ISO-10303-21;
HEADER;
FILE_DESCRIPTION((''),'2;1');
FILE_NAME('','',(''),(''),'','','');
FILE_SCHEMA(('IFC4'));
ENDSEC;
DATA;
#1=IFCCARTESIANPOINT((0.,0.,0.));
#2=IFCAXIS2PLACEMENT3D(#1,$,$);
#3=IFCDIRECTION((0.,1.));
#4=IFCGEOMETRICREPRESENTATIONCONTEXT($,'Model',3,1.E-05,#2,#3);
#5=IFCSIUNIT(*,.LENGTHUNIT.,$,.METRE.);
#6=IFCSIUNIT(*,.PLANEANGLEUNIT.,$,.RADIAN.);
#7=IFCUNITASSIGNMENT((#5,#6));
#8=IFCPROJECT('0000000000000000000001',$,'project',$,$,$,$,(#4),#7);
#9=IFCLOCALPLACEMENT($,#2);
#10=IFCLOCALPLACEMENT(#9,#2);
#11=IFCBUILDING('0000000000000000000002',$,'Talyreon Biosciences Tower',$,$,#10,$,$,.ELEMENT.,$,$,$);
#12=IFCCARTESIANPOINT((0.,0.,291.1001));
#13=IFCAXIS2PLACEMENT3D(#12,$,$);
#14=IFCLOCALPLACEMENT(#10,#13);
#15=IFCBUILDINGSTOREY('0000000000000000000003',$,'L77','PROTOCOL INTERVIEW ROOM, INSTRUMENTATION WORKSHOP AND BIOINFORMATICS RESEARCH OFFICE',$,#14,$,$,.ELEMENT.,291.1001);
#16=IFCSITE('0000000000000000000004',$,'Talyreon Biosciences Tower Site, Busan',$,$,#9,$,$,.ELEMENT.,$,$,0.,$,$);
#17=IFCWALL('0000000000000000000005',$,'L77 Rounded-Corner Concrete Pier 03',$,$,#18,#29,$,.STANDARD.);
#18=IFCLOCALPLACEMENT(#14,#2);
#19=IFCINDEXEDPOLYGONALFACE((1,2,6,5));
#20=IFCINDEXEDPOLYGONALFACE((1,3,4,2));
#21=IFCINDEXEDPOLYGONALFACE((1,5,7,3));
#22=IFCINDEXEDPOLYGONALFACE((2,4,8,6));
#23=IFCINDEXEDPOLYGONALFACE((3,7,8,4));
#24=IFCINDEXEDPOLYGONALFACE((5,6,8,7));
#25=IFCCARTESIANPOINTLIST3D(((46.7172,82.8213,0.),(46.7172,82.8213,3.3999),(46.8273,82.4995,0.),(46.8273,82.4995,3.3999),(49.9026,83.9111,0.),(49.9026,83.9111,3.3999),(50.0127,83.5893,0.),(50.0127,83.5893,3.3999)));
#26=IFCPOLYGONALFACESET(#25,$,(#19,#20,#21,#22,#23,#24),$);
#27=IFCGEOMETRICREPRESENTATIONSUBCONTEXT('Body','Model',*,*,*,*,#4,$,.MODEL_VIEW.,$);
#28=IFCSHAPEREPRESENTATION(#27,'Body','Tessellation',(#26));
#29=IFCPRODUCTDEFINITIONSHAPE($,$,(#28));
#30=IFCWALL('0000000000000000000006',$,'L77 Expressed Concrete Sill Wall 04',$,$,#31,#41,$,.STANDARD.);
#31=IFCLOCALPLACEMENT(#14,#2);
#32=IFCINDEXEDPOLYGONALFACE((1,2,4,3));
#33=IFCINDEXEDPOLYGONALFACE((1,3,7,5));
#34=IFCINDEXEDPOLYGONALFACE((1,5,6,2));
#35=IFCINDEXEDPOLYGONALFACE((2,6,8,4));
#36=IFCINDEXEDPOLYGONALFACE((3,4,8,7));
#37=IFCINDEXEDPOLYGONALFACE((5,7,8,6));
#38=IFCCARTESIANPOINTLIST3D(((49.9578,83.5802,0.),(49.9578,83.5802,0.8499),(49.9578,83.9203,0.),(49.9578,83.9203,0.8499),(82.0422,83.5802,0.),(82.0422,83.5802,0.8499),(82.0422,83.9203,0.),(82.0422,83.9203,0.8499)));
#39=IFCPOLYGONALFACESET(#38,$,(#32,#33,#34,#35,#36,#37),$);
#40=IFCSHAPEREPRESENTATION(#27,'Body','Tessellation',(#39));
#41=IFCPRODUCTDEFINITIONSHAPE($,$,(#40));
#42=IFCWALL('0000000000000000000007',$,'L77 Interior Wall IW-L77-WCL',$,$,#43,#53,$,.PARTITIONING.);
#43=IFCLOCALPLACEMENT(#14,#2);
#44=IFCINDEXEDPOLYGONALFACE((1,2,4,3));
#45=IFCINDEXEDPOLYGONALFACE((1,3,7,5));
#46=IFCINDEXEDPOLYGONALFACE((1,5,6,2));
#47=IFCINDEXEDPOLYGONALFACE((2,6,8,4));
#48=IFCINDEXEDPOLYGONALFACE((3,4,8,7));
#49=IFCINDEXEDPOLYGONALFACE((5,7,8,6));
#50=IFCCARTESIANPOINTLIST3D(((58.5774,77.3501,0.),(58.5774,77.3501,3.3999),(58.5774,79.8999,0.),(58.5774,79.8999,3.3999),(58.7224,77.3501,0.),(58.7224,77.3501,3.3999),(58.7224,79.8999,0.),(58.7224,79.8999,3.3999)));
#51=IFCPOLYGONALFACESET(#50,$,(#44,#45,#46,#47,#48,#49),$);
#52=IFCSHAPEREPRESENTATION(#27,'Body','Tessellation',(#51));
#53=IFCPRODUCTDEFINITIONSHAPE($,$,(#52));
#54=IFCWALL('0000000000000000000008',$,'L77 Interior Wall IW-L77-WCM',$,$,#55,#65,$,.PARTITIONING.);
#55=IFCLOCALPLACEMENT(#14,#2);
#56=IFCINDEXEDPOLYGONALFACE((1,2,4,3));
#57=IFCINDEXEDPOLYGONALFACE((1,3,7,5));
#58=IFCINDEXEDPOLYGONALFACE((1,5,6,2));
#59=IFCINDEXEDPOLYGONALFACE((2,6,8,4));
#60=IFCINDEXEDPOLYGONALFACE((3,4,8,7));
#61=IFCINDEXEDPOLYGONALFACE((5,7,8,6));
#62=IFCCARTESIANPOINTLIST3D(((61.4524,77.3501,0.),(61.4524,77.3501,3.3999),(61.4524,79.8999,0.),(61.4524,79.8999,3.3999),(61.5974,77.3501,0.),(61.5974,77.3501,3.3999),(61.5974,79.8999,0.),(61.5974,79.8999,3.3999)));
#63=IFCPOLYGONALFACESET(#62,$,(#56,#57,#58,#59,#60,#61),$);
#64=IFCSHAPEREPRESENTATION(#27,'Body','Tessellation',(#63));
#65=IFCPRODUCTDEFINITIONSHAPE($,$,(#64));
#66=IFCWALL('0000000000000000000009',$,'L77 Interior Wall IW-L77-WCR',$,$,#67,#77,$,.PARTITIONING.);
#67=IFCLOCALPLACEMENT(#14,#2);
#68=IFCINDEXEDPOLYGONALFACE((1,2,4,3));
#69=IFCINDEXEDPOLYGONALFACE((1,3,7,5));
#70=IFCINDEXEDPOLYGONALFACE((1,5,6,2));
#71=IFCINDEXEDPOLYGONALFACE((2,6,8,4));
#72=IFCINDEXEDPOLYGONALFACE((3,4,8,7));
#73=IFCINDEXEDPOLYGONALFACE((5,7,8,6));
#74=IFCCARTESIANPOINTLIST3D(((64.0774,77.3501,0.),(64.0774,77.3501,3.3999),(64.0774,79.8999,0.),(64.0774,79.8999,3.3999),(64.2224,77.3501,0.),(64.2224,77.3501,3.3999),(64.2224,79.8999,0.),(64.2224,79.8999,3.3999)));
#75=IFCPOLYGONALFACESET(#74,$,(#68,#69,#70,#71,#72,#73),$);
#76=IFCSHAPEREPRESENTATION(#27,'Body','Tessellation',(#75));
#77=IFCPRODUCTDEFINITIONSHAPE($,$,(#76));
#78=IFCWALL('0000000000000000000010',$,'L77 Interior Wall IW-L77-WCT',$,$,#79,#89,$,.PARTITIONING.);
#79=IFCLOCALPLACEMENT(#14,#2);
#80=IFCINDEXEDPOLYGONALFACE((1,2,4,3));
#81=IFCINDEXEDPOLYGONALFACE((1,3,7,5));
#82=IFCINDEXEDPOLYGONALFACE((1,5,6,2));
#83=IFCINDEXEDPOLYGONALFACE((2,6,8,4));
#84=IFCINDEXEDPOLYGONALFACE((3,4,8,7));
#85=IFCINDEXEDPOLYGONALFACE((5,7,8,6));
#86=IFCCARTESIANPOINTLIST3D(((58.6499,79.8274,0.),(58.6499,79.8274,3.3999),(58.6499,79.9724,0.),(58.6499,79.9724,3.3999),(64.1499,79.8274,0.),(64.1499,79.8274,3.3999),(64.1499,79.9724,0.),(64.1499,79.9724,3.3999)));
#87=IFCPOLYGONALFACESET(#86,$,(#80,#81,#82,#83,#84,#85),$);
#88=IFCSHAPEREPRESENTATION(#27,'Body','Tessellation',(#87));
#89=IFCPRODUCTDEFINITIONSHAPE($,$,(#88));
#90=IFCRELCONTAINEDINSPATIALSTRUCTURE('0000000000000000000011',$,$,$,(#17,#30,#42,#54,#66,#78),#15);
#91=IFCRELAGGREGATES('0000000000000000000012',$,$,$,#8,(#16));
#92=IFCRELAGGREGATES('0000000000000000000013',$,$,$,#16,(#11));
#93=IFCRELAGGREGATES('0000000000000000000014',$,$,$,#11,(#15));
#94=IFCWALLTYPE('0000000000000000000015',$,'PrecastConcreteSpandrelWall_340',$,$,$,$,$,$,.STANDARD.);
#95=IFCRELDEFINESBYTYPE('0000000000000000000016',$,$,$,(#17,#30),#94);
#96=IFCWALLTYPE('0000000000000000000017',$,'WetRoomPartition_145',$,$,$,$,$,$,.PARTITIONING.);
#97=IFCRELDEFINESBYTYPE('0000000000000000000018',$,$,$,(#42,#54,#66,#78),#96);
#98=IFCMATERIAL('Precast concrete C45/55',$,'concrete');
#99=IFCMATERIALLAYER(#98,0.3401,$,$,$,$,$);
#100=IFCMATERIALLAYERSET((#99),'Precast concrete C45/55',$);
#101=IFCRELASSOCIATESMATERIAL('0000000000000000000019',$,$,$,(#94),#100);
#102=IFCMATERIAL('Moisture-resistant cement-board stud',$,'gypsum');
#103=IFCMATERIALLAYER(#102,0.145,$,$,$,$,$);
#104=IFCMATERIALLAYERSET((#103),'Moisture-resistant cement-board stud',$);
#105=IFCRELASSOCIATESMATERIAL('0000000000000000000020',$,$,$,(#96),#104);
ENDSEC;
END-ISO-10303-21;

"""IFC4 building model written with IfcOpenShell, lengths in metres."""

from ifc_helpers import new_model, si_unit, direction, frame, frame_2d, origin, place, context, subcontext, project, spatial, rectangle, extrude, material, layer, layer_set, type_object, element, save


model = new_model("IFC4")

# Units and contexts
model_context = context("Model", 3, precision=1e-05, world=origin(), true_north=direction((0.0, 1.0)))
body_context = subcontext(model_context, "Body", "Model", "MODEL_VIEW")
ifc_project = project(units=[si_unit("LENGTHUNIT", "METRE"), si_unit("PLANEANGLEUNIT", "RADIAN")], contexts=[model_context])

# Site, building, storey
site_placement = place(None, origin())
site = spatial("IfcSite", under=ifc_project, at=site_placement, Name="Talyreon Biosciences Tower Site, Busan", CompositionType="ELEMENT", RefElevation=0.0)
building_placement = place(site_placement, origin())
building = spatial("IfcBuilding", under=site, at=building_placement, Name="Talyreon Biosciences Tower", CompositionType="ELEMENT")
storey_placement = place(building_placement, frame((0.0, 0.0, 291.1001)))
storey = spatial("IfcBuildingStorey", under=building, at=storey_placement, Name="L77", Description="PROTOCOL INTERVIEW ROOM, INSTRUMENTATION WORKSHOP AND BIOINFORMATICS RESEARCH OFFICE", CompositionType="ELEMENT", Elevation=291.1001)

# Shared definitions
ifc_material_1 = material(Name="Precast concrete C45/55", Category="concrete")

# Walls
ifc_layer_1 = layer(ifc_material_1, 0.3401)
ifc_layer_set_1 = layer_set([ifc_layer_1], Name="Precast concrete C45/55")
wall_type_1 = type_object("IfcWallType", Name="PrecastConcreteSpandrelWall_340", PredefinedType="STANDARD", material=ifc_layer_set_1)
wall_1_placement = place(storey_placement, frame((46.7722, 82.6604, 0.0), z_axis=(0.0, 0.0, 1.0), x_axis=(0.946159, 0.323701, 0.0)))
element("IfcWall", 1, at=wall_1_placement, inside=storey, type_object=wall_type_1, Name="L77 Rounded-Corner Concrete Pier 03", PredefinedType="STANDARD", context=body_context, shape_type="SweptSolid", body=[
    extrude(rectangle(XDim=3.3667, YDim=0.3401, at=frame_2d((1.6833, 0.0))), origin(), (0.0, 0.0, 1.0), 3.3999),
])
wall_2_placement = place(storey_placement, frame((49.9578, 83.7502, 0.0), z_axis=(0.0, 0.0, 1.0), x_axis=(1.0, 0.0, 0.0)))
element("IfcWall", 2, at=wall_2_placement, inside=storey, type_object=wall_type_1, Name="L77 Expressed Concrete Sill Wall 04", PredefinedType="STANDARD", context=body_context, shape_type="SweptSolid", body=[
    extrude(rectangle(XDim=32.0845, YDim=0.3401, at=frame_2d((16.0422, 0.0))), origin(), (0.0, 0.0, 1.0), 0.8499),
])
ifc_material_2 = material(Name="Moisture-resistant cement-board stud", Category="gypsum")
ifc_layer_2 = layer(ifc_material_2, 0.145)
ifc_layer_set_2 = layer_set([ifc_layer_2], Name="Moisture-resistant cement-board stud")
wall_type_2 = type_object("IfcWallType", Name="WetRoomPartition_145", PredefinedType="PARTITIONING", material=ifc_layer_set_2)
for number, where, z_axis, x_axis, name in (
    (3, (58.6499, 77.3501, 0.0), (0.0, 0.0, 1.0), (0.0, 1.0, 0.0), "L77 Interior Wall IW-L77-WCL"),
    (4, (61.5249, 77.3501, 0.0), (0.0, 0.0, 1.0), (0.0, 1.0, 0.0), "L77 Interior Wall IW-L77-WCM"),
    (5, (64.1499, 77.3501, 0.0), (0.0, 0.0, 1.0), (0.0, 1.0, 0.0), "L77 Interior Wall IW-L77-WCR"),
):
    element("IfcWall", number, at=place(storey_placement, frame(where, z_axis=z_axis, x_axis=x_axis)), inside=storey, type_object=wall_type_2, Name=name, PredefinedType="PARTITIONING", context=body_context, shape_type="SweptSolid", body=[
        extrude(rectangle(XDim=2.5498, YDim=0.145, at=frame_2d((1.2749, 0.0))), origin(), (0.0, 0.0, 1.0), 3.3999),
    ])
wall_3_placement = place(storey_placement, frame((58.6499, 79.8999, 0.0), z_axis=(0.0, 0.0, 1.0), x_axis=(1.0, 0.0, 0.0)))
element("IfcWall", 6, at=wall_3_placement, inside=storey, type_object=wall_type_2, Name="L77 Interior Wall IW-L77-WCT", PredefinedType="PARTITIONING", context=body_context, shape_type="SweptSolid", body=[
    extrude(rectangle(XDim=5.5, YDim=0.145, at=frame_2d((2.75, 0.0))), origin(), (0.0, 0.0, 1.0), 3.3999),
])

save(model, "model.ifc")
